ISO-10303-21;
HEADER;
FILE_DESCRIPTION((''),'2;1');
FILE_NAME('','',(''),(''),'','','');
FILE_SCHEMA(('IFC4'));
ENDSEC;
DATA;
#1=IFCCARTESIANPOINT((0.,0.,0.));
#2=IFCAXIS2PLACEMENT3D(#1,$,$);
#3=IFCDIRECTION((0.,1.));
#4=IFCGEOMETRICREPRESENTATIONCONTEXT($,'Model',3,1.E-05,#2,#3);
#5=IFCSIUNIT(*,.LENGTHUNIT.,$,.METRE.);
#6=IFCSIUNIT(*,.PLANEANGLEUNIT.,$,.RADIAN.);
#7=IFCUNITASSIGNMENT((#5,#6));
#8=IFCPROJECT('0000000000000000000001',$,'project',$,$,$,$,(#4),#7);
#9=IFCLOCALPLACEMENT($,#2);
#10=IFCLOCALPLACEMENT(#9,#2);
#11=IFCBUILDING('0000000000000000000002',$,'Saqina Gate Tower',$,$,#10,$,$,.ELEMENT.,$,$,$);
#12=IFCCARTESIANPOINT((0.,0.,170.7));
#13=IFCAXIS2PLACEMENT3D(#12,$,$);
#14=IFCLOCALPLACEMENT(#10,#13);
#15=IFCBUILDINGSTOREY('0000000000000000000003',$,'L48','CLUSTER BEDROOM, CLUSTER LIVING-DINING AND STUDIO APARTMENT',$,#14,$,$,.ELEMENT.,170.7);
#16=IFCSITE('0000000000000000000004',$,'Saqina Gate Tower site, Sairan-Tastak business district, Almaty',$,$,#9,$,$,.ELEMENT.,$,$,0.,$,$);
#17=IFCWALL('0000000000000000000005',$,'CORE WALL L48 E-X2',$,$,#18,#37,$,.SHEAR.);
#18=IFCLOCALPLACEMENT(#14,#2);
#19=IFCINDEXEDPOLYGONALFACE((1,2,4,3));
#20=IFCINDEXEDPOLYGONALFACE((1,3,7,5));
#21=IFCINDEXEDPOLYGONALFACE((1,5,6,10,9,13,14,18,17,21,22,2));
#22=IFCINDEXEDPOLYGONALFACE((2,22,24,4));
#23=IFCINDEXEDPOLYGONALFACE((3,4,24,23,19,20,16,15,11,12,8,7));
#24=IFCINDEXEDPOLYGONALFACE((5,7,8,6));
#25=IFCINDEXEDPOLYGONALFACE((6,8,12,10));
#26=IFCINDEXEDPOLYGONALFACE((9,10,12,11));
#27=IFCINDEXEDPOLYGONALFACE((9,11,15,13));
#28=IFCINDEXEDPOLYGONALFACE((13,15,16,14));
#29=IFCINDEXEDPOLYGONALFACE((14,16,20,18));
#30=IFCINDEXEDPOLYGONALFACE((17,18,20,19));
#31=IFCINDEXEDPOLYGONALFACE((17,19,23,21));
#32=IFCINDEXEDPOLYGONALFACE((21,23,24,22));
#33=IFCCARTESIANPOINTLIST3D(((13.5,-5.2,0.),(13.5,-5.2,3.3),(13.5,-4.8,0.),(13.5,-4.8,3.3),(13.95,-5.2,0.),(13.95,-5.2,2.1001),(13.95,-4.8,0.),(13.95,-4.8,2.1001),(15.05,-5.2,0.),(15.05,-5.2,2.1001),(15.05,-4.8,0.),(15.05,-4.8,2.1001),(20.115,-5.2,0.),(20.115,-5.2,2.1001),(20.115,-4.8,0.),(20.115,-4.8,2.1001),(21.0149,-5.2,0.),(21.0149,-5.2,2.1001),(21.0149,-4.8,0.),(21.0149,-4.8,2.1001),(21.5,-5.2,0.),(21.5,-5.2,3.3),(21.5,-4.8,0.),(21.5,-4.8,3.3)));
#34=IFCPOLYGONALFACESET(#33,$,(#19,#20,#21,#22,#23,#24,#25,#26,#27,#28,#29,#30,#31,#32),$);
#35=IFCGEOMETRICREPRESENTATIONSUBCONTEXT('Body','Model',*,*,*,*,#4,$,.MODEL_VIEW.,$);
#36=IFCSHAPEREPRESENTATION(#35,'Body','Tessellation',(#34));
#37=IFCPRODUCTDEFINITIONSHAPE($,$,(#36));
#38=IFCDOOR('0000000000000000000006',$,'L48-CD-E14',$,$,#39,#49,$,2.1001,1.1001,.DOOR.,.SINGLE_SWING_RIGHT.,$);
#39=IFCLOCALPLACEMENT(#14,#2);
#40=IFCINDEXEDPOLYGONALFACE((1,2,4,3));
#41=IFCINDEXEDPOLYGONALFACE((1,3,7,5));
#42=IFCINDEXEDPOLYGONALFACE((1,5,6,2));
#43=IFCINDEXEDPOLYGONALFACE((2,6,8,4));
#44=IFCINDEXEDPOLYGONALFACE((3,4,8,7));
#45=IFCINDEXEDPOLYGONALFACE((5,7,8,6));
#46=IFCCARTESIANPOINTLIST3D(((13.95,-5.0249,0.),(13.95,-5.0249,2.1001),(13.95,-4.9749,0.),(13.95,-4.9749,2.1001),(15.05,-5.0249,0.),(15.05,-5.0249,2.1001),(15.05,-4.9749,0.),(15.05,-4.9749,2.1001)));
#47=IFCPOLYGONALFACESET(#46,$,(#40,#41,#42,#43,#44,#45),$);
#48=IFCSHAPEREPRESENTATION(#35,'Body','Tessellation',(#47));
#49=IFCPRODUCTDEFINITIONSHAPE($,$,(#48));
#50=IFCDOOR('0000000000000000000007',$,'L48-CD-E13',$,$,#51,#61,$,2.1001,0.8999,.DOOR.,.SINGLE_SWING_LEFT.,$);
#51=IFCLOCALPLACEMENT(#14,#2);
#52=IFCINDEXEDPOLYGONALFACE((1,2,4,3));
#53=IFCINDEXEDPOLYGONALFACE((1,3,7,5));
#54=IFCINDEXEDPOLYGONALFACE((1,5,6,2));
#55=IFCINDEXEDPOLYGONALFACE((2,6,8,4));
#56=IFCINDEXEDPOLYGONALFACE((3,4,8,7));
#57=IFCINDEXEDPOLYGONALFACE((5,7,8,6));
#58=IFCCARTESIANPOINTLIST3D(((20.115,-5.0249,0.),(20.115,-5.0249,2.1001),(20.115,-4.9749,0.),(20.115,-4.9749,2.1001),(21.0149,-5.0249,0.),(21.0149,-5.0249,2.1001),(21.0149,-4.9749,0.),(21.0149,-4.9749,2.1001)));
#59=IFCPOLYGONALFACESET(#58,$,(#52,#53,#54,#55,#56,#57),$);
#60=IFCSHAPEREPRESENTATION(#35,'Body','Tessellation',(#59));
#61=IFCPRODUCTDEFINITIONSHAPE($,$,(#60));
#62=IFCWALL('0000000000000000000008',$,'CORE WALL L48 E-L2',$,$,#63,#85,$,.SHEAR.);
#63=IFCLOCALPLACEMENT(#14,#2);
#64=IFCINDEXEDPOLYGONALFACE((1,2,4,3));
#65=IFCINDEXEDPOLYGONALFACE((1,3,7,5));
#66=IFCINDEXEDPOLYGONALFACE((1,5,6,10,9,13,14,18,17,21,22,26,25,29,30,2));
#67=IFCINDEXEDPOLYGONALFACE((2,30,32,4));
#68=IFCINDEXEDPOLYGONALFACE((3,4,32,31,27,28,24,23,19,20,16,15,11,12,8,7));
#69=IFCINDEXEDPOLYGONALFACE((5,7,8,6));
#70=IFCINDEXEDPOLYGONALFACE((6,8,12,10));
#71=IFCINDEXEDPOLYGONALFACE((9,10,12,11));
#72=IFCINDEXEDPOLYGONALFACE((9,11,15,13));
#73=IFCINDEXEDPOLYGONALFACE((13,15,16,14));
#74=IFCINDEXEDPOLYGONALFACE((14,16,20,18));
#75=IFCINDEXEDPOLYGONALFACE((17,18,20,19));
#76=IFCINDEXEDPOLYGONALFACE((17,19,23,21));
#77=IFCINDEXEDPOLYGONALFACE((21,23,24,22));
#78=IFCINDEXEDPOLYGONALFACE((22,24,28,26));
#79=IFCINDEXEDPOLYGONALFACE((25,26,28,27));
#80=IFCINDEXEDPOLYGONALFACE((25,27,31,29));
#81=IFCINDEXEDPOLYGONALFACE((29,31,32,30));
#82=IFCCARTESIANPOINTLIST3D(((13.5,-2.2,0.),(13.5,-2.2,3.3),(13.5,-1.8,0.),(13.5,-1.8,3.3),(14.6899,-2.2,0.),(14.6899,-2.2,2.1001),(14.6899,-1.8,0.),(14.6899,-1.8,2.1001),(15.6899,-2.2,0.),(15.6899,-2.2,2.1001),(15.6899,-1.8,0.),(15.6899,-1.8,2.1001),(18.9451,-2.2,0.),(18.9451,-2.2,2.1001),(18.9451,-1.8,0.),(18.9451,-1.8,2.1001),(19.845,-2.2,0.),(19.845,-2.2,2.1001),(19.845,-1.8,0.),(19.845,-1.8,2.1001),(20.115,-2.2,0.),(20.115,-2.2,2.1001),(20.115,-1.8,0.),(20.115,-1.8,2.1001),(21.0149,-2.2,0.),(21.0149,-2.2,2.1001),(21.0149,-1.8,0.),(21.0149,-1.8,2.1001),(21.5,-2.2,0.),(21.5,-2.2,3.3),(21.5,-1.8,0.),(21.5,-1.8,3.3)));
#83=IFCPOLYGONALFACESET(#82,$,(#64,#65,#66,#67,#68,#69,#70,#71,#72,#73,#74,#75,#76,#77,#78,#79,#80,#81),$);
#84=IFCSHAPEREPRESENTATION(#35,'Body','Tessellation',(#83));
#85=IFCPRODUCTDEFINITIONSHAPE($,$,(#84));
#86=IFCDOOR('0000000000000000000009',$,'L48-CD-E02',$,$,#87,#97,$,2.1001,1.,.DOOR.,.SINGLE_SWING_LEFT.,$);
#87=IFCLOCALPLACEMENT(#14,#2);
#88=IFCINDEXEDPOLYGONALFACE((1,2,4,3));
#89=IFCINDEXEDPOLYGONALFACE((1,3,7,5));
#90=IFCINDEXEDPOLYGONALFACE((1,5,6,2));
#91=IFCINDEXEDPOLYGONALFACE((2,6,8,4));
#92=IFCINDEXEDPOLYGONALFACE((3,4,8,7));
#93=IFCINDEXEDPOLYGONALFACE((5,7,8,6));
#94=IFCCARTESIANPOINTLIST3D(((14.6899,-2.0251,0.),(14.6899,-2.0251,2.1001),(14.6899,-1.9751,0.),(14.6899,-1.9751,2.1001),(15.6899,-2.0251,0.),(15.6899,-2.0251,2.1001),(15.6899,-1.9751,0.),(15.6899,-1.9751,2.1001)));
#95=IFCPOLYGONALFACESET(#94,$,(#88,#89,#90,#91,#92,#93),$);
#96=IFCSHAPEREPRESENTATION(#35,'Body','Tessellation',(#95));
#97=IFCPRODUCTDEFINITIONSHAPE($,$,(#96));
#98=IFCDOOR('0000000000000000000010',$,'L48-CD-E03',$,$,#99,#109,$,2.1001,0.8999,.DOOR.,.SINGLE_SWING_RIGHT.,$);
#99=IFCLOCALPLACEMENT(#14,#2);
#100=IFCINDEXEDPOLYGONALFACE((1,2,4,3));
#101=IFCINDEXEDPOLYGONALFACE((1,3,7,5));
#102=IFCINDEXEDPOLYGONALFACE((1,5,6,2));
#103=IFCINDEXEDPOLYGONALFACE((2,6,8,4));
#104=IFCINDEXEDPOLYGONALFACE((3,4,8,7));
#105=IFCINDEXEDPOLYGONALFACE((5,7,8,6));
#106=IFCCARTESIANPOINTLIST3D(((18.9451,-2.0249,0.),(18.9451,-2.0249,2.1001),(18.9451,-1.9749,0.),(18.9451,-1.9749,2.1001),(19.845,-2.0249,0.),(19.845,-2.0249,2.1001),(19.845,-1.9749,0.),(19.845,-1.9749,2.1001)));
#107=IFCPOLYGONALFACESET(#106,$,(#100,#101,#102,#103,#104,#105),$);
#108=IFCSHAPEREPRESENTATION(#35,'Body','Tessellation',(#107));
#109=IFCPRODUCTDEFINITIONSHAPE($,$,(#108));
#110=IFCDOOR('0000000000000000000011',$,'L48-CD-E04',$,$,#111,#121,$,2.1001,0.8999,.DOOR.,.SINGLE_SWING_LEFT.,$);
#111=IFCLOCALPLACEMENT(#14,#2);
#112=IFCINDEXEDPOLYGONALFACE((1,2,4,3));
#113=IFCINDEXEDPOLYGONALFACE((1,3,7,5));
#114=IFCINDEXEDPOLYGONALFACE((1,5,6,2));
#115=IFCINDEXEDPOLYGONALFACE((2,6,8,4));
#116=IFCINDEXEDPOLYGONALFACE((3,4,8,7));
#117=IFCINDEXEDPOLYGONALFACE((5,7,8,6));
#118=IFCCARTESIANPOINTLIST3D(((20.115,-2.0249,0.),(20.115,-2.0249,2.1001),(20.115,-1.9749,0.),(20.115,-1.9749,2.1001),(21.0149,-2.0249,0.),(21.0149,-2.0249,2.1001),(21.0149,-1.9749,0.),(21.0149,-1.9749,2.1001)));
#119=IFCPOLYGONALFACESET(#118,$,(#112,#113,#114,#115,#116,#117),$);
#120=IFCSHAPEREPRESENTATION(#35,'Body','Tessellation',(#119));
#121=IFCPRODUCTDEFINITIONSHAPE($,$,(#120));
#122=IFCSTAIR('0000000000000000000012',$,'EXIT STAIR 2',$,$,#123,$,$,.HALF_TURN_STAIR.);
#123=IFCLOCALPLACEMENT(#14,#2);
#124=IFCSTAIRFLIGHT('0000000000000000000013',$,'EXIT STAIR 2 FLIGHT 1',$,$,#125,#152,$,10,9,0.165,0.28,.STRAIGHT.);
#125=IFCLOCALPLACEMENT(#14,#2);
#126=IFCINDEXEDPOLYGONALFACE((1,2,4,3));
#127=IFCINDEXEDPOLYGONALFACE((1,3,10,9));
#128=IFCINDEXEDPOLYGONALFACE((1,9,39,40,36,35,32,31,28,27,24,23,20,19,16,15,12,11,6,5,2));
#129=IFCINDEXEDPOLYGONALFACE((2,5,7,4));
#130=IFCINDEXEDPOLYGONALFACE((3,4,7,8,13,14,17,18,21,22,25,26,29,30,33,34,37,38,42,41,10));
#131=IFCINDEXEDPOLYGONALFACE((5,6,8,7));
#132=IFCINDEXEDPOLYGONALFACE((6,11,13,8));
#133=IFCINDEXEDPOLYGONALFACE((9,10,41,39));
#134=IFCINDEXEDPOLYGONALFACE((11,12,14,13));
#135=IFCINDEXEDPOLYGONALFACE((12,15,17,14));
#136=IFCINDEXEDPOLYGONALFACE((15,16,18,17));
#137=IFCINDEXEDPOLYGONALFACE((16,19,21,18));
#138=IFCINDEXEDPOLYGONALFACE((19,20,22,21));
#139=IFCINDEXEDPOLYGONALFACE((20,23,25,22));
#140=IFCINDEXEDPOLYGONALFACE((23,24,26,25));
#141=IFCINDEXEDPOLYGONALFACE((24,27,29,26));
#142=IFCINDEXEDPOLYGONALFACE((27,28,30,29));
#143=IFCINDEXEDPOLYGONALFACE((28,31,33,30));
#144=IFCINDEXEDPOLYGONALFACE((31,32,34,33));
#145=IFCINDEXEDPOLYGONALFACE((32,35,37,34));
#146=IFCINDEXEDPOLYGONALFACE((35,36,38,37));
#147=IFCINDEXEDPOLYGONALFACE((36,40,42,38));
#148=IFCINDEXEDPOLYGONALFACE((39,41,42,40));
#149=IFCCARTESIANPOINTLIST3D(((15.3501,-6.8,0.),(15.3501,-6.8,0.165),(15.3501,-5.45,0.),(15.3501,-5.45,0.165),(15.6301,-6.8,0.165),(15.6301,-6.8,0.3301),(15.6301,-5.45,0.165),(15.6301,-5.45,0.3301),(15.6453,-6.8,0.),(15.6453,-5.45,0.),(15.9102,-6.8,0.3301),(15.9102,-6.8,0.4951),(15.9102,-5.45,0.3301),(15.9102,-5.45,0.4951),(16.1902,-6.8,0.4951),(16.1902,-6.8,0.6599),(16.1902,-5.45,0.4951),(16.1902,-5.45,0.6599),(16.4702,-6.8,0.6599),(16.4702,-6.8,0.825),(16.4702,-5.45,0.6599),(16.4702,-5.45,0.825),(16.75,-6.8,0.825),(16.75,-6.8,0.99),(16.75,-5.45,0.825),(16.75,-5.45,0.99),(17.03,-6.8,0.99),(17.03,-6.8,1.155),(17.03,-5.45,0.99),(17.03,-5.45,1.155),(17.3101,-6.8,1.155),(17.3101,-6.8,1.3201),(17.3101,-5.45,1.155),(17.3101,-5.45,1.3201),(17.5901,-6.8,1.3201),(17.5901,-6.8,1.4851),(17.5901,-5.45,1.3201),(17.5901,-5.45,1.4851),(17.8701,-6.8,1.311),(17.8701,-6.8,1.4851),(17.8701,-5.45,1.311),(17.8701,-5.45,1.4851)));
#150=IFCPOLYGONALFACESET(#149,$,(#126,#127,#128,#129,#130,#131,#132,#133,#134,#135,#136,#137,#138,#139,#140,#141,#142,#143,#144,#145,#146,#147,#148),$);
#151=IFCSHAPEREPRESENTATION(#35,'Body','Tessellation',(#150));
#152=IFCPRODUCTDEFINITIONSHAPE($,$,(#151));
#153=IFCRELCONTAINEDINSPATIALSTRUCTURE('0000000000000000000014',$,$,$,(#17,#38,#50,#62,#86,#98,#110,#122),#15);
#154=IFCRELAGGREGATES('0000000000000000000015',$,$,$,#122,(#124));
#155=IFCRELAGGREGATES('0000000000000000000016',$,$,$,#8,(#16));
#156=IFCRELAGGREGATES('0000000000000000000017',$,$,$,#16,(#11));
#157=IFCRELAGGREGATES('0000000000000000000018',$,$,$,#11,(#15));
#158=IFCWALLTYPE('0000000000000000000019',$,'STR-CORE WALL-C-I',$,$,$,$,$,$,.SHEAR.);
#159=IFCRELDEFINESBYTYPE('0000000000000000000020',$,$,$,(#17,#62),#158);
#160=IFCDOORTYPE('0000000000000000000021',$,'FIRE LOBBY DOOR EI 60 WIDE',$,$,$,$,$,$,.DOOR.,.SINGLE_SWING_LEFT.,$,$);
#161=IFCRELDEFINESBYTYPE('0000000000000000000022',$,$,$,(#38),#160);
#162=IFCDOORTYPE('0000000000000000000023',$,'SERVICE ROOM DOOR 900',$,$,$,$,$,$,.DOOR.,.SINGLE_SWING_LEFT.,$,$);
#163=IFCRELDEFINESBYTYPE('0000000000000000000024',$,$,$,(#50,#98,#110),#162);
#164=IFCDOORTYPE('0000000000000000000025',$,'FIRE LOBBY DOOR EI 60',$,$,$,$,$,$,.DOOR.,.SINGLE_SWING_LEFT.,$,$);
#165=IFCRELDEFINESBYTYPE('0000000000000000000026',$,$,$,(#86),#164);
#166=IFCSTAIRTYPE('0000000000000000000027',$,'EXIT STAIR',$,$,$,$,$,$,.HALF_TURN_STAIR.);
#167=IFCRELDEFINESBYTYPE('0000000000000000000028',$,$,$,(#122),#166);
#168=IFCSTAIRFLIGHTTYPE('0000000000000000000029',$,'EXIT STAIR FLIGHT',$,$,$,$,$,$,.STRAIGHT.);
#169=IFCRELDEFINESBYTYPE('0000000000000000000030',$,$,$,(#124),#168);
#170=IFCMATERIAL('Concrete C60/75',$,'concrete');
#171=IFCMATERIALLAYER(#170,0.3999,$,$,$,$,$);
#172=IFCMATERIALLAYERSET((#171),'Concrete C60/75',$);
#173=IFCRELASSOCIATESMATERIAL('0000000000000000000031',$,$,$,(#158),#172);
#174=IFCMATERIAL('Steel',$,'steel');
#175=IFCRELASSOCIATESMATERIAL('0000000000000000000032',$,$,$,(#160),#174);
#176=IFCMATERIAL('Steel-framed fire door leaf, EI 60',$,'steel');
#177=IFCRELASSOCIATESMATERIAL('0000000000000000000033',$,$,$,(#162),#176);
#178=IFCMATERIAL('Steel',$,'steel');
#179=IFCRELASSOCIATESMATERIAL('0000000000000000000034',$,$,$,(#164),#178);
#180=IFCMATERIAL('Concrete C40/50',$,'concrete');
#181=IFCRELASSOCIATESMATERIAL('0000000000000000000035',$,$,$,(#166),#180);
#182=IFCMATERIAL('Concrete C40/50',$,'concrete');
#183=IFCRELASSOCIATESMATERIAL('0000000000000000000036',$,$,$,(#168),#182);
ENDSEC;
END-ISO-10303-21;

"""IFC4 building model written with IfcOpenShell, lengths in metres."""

from ifc_helpers import new_model, si_unit, direction, frame, frame_2d, origin, place, context, subcontext, project, spatial, polyline, rectangle, outline, extrude, material, layer, layer_set, type_object, element, fill, aggregate, save


model = new_model("IFC4")

# Units and contexts
model_context = context("Model", 3, precision=1e-05, world=origin(), true_north=direction((0.0, 1.0)))
body_context = subcontext(model_context, "Body", "Model", "MODEL_VIEW")
ifc_project = project(units=[si_unit("LENGTHUNIT", "METRE"), si_unit("PLANEANGLEUNIT", "RADIAN")], contexts=[model_context])

# Site, building, storey
site_placement = place(None, origin())
site = spatial("IfcSite", under=ifc_project, at=site_placement, Name="Saqina Gate Tower site, Sairan-Tastak business district, Almaty", CompositionType="ELEMENT", RefElevation=0.0)
building_placement = place(site_placement, origin())
building = spatial("IfcBuilding", under=site, at=building_placement, Name="Saqina Gate Tower", CompositionType="ELEMENT")
storey_placement = place(building_placement, frame((0.0, 0.0, 170.7)))
storey = spatial("IfcBuildingStorey", under=building, at=storey_placement, Name="L48", Description="CLUSTER BEDROOM, CLUSTER LIVING-DINING AND STUDIO APARTMENT", CompositionType="ELEMENT", Elevation=170.7)

# Walls, openings, doors
ifc_material_1 = material(Name="Concrete C60/75", Category="concrete")
ifc_layer_1 = layer(ifc_material_1, 0.3999)
ifc_layer_set_1 = layer_set([ifc_layer_1], Name="Concrete C60/75")
wall_type_1 = type_object("IfcWallType", Name="STR-CORE WALL-C-I", PredefinedType="SHEAR", material=ifc_layer_set_1)
wall_1_placement = place(storey_placement, frame((13.5, -5.0, 0.0), z_axis=(0.0, 0.0, 1.0), x_axis=(1.0, 0.0, 0.0)))
wall_1 = element("IfcWall", 1, at=wall_1_placement, inside=storey, type_object=wall_type_1, Name="CORE WALL L48 E-X2", PredefinedType="SHEAR", context=body_context, shape_type="SweptSolid", body=[
    extrude(rectangle(XDim=8.0, YDim=0.3999, at=frame_2d((4.0, 0.0))), origin(), (0.0, 0.0, 1.0), 3.3),
])
opening_1_placement = place(wall_1_placement, frame((6.615, 0.0, 0.0)))
opening_1 = element("IfcOpeningElement", 2, at=opening_1_placement, cuts=wall_1, PredefinedType="OPENING", context=body_context, shape_type="SweptSolid", body=[
    extrude(rectangle(XDim=0.8999, YDim=2.1001, at=frame_2d((0.45, 1.05))), frame((0.0, 0.2119, 0.0), z_axis=(0.0, -1.0, 0.0), x_axis=(1.0, 0.0, 0.0)), (0.0, 0.0, 1.0), 0.4238),
])
opening_2_placement = place(wall_1_placement, frame((0.45, 0.0, 0.0)))
opening_2 = element("IfcOpeningElement", 3, at=opening_2_placement, cuts=wall_1, PredefinedType="OPENING", context=body_context, shape_type="SweptSolid", body=[
    extrude(rectangle(XDim=1.1001, YDim=2.1001, at=frame_2d((0.55, 1.05))), frame((0.0, 0.2119, 0.0), z_axis=(0.0, -1.0, 0.0), x_axis=(1.0, 0.0, 0.0)), (0.0, 0.0, 1.0), 0.4238),
])
ifc_material_2 = material(Name="Steel", Category="steel")
door_type_1 = type_object("IfcDoorType", Name="FIRE LOBBY DOOR EI 60 WIDE", OperationType="SINGLE_SWING_LEFT", PredefinedType="DOOR", material=ifc_material_2)
door_1_placement = place(opening_2_placement, frame((1.1001, 0.0, 0.0), z_axis=(0.0, 0.0, 1.0), x_axis=(-1.0, 0.0, 0.0)))
door_1 = element("IfcDoor", 4, at=door_1_placement, inside=storey, type_object=door_type_1, Name="L48-CD-E14", OperationType="SINGLE_SWING_RIGHT", OverallHeight=2.1001, OverallWidth=1.1001, PredefinedType="DOOR", context=body_context, shape_type="SweptSolid", body=[
    extrude(rectangle(XDim=1.1001, YDim=2.1001, at=frame_2d((0.55, 1.05))), frame((0.0, 0.0249, 0.0), z_axis=(0.0, -1.0, 0.0), x_axis=(1.0, 0.0, 0.0)), (0.0, 0.0, 1.0), 0.05),
])
fill(opening_2, door_1)
ifc_material_3 = material(Name="Steel-framed fire door leaf, EI 60", Category="steel")
door_type_2 = type_object("IfcDoorType", Name="SERVICE ROOM DOOR 900", OperationType="SINGLE_SWING_LEFT", PredefinedType="DOOR", material=ifc_material_3)
door_2_placement = place(opening_1_placement, frame((0.8999, 0.0, 0.0), z_axis=(0.0, 0.0, 1.0), x_axis=(-1.0, 0.0, 0.0)))
door_2 = element("IfcDoor", 5, at=door_2_placement, inside=storey, type_object=door_type_2, Name="L48-CD-E13", OperationType="SINGLE_SWING_LEFT", OverallHeight=2.1001, OverallWidth=0.8999, PredefinedType="DOOR", context=body_context, shape_type="SweptSolid", body=[
    extrude(rectangle(XDim=0.8999, YDim=2.1001, at=frame_2d((0.45, 1.05))), frame((0.0, 0.0249, 0.0), z_axis=(0.0, -1.0, 0.0), x_axis=(1.0, 0.0, 0.0)), (0.0, 0.0, 1.0), 0.05),
])
fill(opening_1, door_2)
wall_2_placement = place(storey_placement, frame((13.5, -2.0, 0.0), z_axis=(0.0, 0.0, 1.0), x_axis=(1.0, 0.0, 0.0)))
wall_2 = element("IfcWall", 6, at=wall_2_placement, inside=storey, type_object=wall_type_1, Name="CORE WALL L48 E-L2", PredefinedType="SHEAR", context=body_context, shape_type="SweptSolid", body=[
    extrude(rectangle(XDim=8.0, YDim=0.3999, at=frame_2d((4.0, 0.0))), origin(), (0.0, 0.0, 1.0), 3.3),
])
opening_3_placement = place(wall_2_placement, frame((1.1899, 0.0, 0.0)))
opening_3 = element("IfcOpeningElement", 7, at=opening_3_placement, cuts=wall_2, PredefinedType="OPENING", context=body_context, shape_type="SweptSolid", body=[
    extrude(rectangle(XDim=1.0, YDim=2.1001, at=frame_2d((0.5, 1.05))), frame((0.0, 0.2119, 0.0), z_axis=(0.0, -1.0, 0.0), x_axis=(1.0, 0.0, 0.0)), (0.0, 0.0, 1.0), 0.4238),
])
opening_4_placement = place(wall_2_placement, frame((5.4451, 0.0, 0.0)))
opening_4 = element("IfcOpeningElement", 8, at=opening_4_placement, cuts=wall_2, PredefinedType="OPENING", context=body_context, shape_type="SweptSolid", body=[
    extrude(rectangle(XDim=0.8999, YDim=2.1001, at=frame_2d((0.45, 1.05))), frame((0.0, 0.2119, 0.0), z_axis=(0.0, -1.0, 0.0), x_axis=(1.0, 0.0, 0.0)), (0.0, 0.0, 1.0), 0.4238),
])
opening_5_placement = place(wall_2_placement, frame((6.615, 0.0, 0.0)))
opening_5 = element("IfcOpeningElement", 9, at=opening_5_placement, cuts=wall_2, PredefinedType="OPENING", context=body_context, shape_type="SweptSolid", body=[
    extrude(rectangle(XDim=0.8999, YDim=2.1001, at=frame_2d((0.45, 1.05))), frame((0.0, 0.2119, 0.0), z_axis=(0.0, -1.0, 0.0), x_axis=(1.0, 0.0, 0.0)), (0.0, 0.0, 1.0), 0.4238),
])
ifc_material_4 = material(Name="Steel", Category="steel")
door_type_3 = type_object("IfcDoorType", Name="FIRE LOBBY DOOR EI 60", OperationType="SINGLE_SWING_LEFT", PredefinedType="DOOR", material=ifc_material_4)
door_3_placement = place(opening_3_placement, origin())
door_3 = element("IfcDoor", 10, at=door_3_placement, inside=storey, type_object=door_type_3, Name="L48-CD-E02", OperationType="SINGLE_SWING_LEFT", OverallHeight=2.1001, OverallWidth=1.0, PredefinedType="DOOR", context=body_context, shape_type="SweptSolid", body=[
    extrude(rectangle(XDim=1.0, YDim=2.1001, at=frame_2d((0.5, 1.05))), frame((0.0, 0.0249, 0.0), z_axis=(0.0, -1.0, 0.0), x_axis=(1.0, 0.0, 0.0)), (0.0, 0.0, 1.0), 0.05),
])
fill(opening_3, door_3)
door_4_placement = place(opening_4_placement, frame((0.8999, 0.0, 0.0), z_axis=(0.0, 0.0, 1.0), x_axis=(-1.0, 0.0, 0.0)))
door_4 = element("IfcDoor", 11, at=door_4_placement, inside=storey, type_object=door_type_2, Name="L48-CD-E03", OperationType="SINGLE_SWING_RIGHT", OverallHeight=2.1001, OverallWidth=0.8999, PredefinedType="DOOR", context=body_context, shape_type="SweptSolid", body=[
    extrude(rectangle(XDim=0.8999, YDim=2.1001, at=frame_2d((0.45, 1.05))), frame((0.0, 0.0249, 0.0), z_axis=(0.0, -1.0, 0.0), x_axis=(1.0, 0.0, 0.0)), (0.0, 0.0, 1.0), 0.05),
])
fill(opening_4, door_4)
door_5_placement = place(opening_5_placement, frame((0.8999, 0.0, 0.0), z_axis=(0.0, 0.0, 1.0), x_axis=(-1.0, 0.0, 0.0)))
door_5 = element("IfcDoor", 12, at=door_5_placement, inside=storey, type_object=door_type_2, Name="L48-CD-E04", OperationType="SINGLE_SWING_LEFT", OverallHeight=2.1001, OverallWidth=0.8999, PredefinedType="DOOR", context=body_context, shape_type="SweptSolid", body=[
    extrude(rectangle(XDim=0.8999, YDim=2.1001, at=frame_2d((0.45, 1.05))), frame((0.0, 0.0249, 0.0), z_axis=(0.0, -1.0, 0.0), x_axis=(1.0, 0.0, 0.0)), (0.0, 0.0, 1.0), 0.05),
])
fill(opening_5, door_5)

# Stair, stair flight
ifc_material_5 = material(Name="Concrete C40/50", Category="concrete")
stair_type = type_object("IfcStairType", Name="EXIT STAIR", PredefinedType="HALF_TURN_STAIR", material=ifc_material_5)
stair_placement = place(storey_placement, origin())
stair = element("IfcStair", 13, at=stair_placement, inside=storey, type_object=stair_type, Name="EXIT STAIR 2", PredefinedType="HALF_TURN_STAIR")
ifc_material_6 = material(Name="Concrete C40/50", Category="concrete")
stair_flight_type = type_object("IfcStairFlightType", Name="EXIT STAIR FLIGHT", PredefinedType="STRAIGHT", material=ifc_material_6)
stair_flight_1_placement = place(storey_placement, frame((15.3501, -6.125, 0.0), z_axis=(0.0, 0.0, 1.0), x_axis=(1.0, 0.0, 0.0)))
stair_flight_1 = element("IfcStairFlight", 14, at=stair_flight_1_placement, type_object=stair_flight_type, Name="EXIT STAIR 2 FLIGHT 1", NumberOfRisers=10, NumberOfTreads=9, PredefinedType="STRAIGHT", RiserHeight=0.165, TreadLength=0.28, context=body_context, shape_type="SweptSolid", body=[
    extrude(outline(polyline([(0.0, 0.0), (0.0, 0.165), (0.28, 0.165), (0.28, 0.3301), (0.5601, 0.3301), (0.5601, 0.4951), (0.8401, 0.4951), (0.8401, 0.6599), (1.1201, 0.6599), (1.1201, 0.825), (1.3999, 0.825), (1.3999, 0.99), (1.6799, 0.99), (1.6799, 1.155), (1.96, 1.155), (1.96, 1.3201), (2.24, 1.3201), (2.24, 1.4851), (2.52, 1.4851), (2.52, 1.6499), (2.52, 1.311), (0.2952, 0.0), (0.0, 0.0)])), frame((0.0, 0.675, 0.0), z_axis=(0.0, -1.0, 0.0), x_axis=(1.0, 0.0, 0.0)), (0.0, 0.0, 1.0), 1.3501),
])
aggregate(stair, [stair_flight_1])

save(model, "model.ifc")
